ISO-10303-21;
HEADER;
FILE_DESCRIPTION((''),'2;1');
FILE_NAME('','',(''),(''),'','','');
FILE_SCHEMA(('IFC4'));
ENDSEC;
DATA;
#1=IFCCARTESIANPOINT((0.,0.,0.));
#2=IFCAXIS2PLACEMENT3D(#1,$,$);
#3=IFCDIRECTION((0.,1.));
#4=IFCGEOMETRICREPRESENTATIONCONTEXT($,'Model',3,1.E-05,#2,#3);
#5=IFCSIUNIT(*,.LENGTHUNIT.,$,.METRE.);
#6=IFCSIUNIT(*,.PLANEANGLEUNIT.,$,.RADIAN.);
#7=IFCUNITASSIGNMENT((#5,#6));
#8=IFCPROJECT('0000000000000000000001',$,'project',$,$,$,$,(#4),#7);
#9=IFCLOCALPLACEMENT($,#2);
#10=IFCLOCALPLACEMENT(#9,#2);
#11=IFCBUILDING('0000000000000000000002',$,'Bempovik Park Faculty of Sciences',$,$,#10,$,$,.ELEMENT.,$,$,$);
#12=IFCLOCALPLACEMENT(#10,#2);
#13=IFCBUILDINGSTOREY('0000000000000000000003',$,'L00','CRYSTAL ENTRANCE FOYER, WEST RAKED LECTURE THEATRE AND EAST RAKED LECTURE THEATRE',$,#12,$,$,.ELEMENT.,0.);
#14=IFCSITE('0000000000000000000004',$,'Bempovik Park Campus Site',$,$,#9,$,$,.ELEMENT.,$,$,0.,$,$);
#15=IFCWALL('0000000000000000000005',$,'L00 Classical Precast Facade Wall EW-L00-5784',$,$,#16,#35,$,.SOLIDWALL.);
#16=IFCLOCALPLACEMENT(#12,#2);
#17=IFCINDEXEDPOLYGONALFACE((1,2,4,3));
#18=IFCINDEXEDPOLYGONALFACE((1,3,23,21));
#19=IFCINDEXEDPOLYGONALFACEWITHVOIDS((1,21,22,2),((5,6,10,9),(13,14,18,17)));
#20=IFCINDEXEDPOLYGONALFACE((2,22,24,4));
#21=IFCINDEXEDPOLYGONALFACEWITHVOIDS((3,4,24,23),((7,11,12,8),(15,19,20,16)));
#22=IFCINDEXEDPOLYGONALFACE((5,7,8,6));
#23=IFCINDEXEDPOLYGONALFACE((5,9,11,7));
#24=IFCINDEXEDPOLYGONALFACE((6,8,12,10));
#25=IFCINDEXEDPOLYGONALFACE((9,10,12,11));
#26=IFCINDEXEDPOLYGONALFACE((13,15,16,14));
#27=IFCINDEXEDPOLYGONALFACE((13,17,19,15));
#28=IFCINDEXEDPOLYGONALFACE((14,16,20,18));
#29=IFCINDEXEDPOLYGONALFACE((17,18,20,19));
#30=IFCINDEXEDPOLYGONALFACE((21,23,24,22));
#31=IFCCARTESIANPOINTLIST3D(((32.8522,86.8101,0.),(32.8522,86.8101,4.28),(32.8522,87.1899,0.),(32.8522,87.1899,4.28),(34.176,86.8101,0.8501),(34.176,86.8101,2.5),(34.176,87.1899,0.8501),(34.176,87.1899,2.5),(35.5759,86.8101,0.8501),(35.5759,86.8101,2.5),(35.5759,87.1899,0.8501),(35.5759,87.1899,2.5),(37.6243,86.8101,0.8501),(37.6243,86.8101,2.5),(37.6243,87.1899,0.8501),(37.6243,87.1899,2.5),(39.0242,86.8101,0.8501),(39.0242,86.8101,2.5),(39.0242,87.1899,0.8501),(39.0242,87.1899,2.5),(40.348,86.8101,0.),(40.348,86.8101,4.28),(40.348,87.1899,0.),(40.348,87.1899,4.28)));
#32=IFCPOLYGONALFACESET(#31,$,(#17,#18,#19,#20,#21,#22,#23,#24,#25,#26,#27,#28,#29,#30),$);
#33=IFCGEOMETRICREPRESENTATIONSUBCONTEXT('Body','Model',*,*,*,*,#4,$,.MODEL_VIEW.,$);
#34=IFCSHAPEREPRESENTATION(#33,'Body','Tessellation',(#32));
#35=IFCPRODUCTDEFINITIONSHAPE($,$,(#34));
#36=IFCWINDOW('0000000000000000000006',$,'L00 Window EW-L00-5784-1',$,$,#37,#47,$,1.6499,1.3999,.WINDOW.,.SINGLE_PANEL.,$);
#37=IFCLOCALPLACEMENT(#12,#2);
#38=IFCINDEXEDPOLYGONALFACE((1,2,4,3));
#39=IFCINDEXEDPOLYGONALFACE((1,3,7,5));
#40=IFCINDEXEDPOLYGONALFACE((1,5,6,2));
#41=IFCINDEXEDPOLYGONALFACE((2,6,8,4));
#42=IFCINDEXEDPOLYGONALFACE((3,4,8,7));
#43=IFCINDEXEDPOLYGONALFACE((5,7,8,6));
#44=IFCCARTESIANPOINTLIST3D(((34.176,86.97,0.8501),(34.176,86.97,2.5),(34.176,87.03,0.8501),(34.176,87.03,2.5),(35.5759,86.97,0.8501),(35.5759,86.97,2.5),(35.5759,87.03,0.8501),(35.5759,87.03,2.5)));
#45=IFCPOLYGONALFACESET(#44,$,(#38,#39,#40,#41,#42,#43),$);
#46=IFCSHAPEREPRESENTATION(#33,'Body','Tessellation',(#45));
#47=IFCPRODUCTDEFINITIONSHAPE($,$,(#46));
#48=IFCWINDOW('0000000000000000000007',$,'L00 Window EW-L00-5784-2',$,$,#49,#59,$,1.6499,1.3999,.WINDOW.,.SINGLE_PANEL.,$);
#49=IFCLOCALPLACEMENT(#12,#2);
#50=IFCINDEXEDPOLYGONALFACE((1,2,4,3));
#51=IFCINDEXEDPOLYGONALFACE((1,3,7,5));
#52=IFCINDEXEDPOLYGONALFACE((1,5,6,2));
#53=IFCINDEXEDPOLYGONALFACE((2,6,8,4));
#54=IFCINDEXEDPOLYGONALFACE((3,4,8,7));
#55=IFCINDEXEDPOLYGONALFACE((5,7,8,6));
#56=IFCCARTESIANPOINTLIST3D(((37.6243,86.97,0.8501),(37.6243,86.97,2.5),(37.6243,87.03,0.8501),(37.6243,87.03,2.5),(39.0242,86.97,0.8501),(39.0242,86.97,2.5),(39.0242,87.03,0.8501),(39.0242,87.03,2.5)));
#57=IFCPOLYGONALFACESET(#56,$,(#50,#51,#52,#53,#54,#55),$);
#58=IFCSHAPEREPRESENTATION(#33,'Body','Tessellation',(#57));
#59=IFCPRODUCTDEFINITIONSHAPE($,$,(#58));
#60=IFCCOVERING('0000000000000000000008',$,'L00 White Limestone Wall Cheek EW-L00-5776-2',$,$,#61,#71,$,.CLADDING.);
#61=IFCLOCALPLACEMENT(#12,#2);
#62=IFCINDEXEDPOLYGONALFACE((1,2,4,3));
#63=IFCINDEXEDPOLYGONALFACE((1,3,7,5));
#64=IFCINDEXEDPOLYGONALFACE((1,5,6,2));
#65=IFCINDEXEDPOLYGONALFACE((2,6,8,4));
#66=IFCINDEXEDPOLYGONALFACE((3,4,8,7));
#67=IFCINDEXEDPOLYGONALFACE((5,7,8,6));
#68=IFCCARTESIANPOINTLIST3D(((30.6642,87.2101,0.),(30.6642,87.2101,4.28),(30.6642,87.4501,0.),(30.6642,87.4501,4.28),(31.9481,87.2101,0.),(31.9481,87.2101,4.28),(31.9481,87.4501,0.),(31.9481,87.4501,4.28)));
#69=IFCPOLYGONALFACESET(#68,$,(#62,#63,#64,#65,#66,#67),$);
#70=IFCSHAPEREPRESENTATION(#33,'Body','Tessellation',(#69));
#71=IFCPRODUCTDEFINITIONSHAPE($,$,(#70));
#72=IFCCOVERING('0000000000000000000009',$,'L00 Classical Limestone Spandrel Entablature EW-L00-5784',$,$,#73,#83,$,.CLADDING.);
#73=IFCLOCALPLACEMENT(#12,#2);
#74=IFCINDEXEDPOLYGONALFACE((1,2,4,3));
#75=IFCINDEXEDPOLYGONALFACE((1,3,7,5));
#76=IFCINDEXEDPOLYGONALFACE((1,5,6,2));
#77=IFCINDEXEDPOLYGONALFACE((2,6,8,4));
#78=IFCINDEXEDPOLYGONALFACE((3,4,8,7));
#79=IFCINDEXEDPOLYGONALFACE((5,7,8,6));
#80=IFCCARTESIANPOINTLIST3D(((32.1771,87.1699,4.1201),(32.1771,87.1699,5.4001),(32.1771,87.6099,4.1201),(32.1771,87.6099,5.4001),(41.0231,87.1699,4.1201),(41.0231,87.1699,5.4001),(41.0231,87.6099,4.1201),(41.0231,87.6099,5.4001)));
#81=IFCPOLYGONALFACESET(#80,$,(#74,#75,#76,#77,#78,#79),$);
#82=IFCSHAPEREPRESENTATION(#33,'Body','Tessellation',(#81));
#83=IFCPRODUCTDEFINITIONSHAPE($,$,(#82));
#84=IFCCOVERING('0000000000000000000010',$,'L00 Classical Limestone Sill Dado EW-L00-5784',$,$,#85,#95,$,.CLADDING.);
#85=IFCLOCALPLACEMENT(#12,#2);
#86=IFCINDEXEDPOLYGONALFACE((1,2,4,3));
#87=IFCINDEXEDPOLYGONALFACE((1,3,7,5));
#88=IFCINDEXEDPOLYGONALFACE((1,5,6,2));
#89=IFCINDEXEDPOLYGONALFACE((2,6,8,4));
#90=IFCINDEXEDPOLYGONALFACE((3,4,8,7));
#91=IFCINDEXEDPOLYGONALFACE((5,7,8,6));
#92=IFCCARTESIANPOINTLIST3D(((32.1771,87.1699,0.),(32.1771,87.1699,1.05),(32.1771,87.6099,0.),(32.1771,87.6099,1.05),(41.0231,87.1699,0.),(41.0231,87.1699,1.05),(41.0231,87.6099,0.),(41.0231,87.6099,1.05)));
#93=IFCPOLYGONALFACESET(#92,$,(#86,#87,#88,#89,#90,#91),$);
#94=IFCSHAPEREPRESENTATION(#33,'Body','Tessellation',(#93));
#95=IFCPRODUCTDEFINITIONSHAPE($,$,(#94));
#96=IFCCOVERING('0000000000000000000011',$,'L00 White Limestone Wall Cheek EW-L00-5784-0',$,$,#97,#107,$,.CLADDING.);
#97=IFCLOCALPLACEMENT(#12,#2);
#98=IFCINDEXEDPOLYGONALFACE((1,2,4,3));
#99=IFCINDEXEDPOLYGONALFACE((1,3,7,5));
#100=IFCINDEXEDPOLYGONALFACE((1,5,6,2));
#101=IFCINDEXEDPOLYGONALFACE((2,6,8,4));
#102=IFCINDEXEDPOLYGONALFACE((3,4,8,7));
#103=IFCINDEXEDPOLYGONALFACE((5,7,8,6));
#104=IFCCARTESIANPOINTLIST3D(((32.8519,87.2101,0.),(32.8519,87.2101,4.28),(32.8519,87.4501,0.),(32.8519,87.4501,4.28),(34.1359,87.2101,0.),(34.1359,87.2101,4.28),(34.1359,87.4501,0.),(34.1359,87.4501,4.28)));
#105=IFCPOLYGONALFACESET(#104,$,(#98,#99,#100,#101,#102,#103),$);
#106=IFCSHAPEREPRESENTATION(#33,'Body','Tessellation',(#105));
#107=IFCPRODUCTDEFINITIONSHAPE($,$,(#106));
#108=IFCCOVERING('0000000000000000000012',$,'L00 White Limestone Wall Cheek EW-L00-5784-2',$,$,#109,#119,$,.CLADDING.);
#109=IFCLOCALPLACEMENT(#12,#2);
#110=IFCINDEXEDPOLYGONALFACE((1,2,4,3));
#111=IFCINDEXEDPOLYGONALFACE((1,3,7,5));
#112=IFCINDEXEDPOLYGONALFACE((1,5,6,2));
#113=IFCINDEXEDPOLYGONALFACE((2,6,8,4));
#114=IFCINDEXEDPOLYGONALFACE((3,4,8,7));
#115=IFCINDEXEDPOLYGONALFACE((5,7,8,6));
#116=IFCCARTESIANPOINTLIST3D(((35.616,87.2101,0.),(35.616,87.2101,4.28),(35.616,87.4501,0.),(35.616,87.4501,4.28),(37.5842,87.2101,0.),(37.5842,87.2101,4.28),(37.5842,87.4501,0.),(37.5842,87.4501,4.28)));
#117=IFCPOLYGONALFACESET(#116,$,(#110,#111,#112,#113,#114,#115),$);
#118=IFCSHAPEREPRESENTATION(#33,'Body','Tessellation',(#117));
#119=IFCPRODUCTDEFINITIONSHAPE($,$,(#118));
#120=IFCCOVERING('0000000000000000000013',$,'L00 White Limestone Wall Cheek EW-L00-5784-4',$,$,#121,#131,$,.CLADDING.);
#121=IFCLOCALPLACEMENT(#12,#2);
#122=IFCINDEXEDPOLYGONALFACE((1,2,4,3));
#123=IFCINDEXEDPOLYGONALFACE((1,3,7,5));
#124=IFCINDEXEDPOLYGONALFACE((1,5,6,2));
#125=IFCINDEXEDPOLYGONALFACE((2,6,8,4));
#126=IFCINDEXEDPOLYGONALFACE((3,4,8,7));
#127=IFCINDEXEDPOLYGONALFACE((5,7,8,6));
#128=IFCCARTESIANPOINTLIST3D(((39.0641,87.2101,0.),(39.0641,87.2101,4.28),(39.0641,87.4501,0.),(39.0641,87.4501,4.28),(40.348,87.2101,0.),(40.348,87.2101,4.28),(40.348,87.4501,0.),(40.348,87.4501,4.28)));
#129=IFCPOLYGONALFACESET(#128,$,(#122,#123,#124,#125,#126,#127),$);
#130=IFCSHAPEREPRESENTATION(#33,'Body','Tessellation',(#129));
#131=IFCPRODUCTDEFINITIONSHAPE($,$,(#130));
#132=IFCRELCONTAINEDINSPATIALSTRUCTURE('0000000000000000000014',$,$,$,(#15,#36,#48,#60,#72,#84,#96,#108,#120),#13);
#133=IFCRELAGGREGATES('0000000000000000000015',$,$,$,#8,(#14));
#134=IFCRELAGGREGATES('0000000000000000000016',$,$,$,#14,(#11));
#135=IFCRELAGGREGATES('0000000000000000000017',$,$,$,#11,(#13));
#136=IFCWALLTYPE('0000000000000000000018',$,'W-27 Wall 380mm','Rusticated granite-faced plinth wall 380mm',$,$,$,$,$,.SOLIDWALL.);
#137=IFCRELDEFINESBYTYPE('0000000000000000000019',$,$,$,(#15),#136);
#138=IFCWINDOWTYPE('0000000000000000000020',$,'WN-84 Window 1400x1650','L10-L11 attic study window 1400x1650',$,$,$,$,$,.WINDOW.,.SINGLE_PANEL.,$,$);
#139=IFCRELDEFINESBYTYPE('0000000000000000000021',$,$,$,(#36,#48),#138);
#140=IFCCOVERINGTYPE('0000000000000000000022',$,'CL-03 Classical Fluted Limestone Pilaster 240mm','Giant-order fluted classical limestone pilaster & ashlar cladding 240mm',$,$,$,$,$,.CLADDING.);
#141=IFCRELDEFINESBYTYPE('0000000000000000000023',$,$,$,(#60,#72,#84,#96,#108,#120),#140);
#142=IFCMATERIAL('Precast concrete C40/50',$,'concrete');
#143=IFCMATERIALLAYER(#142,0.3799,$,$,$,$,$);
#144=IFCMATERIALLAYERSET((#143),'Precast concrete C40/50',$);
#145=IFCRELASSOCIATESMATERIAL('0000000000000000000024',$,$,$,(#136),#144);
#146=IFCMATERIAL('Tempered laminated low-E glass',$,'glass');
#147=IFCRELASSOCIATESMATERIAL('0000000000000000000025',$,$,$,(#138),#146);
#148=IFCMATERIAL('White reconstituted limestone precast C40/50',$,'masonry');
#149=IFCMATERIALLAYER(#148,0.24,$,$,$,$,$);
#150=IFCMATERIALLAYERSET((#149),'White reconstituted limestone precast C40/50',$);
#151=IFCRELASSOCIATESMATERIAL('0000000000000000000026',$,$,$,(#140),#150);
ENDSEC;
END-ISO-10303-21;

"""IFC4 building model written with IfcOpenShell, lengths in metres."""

from ifc_helpers import new_model, si_unit, direction, frame, frame_2d, origin, origin_2d, place, context, subcontext, project, spatial, rectangle, extrude, material, layer, layer_set, type_object, element, fill, save


model = new_model("IFC4")

# Units and contexts
model_context = context("Model", 3, precision=1e-05, world=origin(), true_north=direction((0.0, 1.0)))
body_context = subcontext(model_context, "Body", "Model", "MODEL_VIEW")
ifc_project = project(units=[si_unit("LENGTHUNIT", "METRE"), si_unit("PLANEANGLEUNIT", "RADIAN")], contexts=[model_context])

# Site, building, storey
site_placement = place(None, origin())
site = spatial("IfcSite", under=ifc_project, at=site_placement, Name="Bempovik Park Campus Site", CompositionType="ELEMENT", RefElevation=0.0)
building_placement = place(site_placement, origin())
building = spatial("IfcBuilding", under=site, at=building_placement, Name="Bempovik Park Faculty of Sciences", CompositionType="ELEMENT")
storey_placement = place(building_placement, origin())
storey = spatial("IfcBuildingStorey", under=building, at=storey_placement, Name="L00", Description="CRYSTAL ENTRANCE FOYER, WEST RAKED LECTURE THEATRE AND EAST RAKED LECTURE THEATRE", CompositionType="ELEMENT", Elevation=0.0)

# Wall, openings, windows
ifc_material_1 = material(Name="Precast concrete C40/50", Category="concrete")
ifc_layer_1 = layer(ifc_material_1, 0.3799)
ifc_layer_set_1 = layer_set([ifc_layer_1], Name="Precast concrete C40/50")
wall_type = type_object("IfcWallType", Name="W-27 Wall 380mm", Description="Rusticated granite-faced plinth wall 380mm", PredefinedType="SOLIDWALL", material=ifc_layer_set_1)
wall_placement = place(storey_placement, frame((32.8521, 87.0, 0.0), z_axis=(0.0, 0.0, 1.0), x_axis=(1.0, 0.0, 0.0)))
wall = element("IfcWall", 1, at=wall_placement, inside=storey, type_object=wall_type, Name="L00 Classical Precast Facade Wall EW-L00-5784", PredefinedType="SOLIDWALL", context=body_context, shape_type="SweptSolid", body=[
    extrude(rectangle(XDim=7.4958, YDim=0.3799, at=frame_2d((3.748, 0.0))), origin(), (0.0, 0.0, 1.0), 4.28),
])
opening_1_placement = place(wall_placement, frame((1.324, 0.0, 0.8501)))
opening_1 = element("IfcOpeningElement", 2, at=opening_1_placement, cuts=wall, PredefinedType="OPENING", context=body_context, shape_type="SweptSolid", body=[
    extrude(rectangle(XDim=1.3999, YDim=1.6499, at=frame_2d((0.7, 0.825))), frame((0.0, 0.2, 0.0), z_axis=(0.0, -1.0, 0.0), x_axis=(1.0, 0.0, 0.0)), (0.0, 0.0, 1.0), 0.3999),
])
opening_2_placement = place(wall_placement, frame((4.7722, 0.0, 0.8501)))
opening_2 = element("IfcOpeningElement", 3, at=opening_2_placement, cuts=wall, PredefinedType="OPENING", context=body_context, shape_type="SweptSolid", body=[
    extrude(rectangle(XDim=1.3999, YDim=1.6499, at=frame_2d((0.7, 0.825))), frame((0.0, 0.2, 0.0), z_axis=(0.0, -1.0, 0.0), x_axis=(1.0, 0.0, 0.0)), (0.0, 0.0, 1.0), 0.3999),
])
ifc_material_2 = material(Name="Tempered laminated low-E glass", Category="glass")
window_type = type_object("IfcWindowType", Name="WN-84 Window 1400x1650", Description="L10-L11 attic study window 1400x1650", PartitioningType="SINGLE_PANEL", PredefinedType="WINDOW", material=ifc_material_2)
window_1_placement = place(opening_1_placement, origin())
window_1 = element("IfcWindow", 4, at=window_1_placement, inside=storey, type_object=window_type, Name="L00 Window EW-L00-5784-1", OverallHeight=1.6499, OverallWidth=1.3999, PartitioningType="SINGLE_PANEL", PredefinedType="WINDOW", context=body_context, shape_type="SweptSolid", body=[
    extrude(rectangle(XDim=1.3999, YDim=1.6499, at=frame_2d((0.7, 0.825))), frame((0.0, 0.03, 0.0), z_axis=(0.0, -1.0, 0.0), x_axis=(1.0, 0.0, 0.0)), (0.0, 0.0, 1.0), 0.0601),
])
fill(opening_1, window_1)
window_2_placement = place(opening_2_placement, origin())
window_2 = element("IfcWindow", 5, at=window_2_placement, inside=storey, type_object=window_type, Name="L00 Window EW-L00-5784-2", OverallHeight=1.6499, OverallWidth=1.3999, PartitioningType="SINGLE_PANEL", PredefinedType="WINDOW", context=body_context, shape_type="SweptSolid", body=[
    extrude(rectangle(XDim=1.3999, YDim=1.6499, at=frame_2d((0.7, 0.825))), frame((0.0, 0.03, 0.0), z_axis=(0.0, -1.0, 0.0), x_axis=(1.0, 0.0, 0.0)), (0.0, 0.0, 1.0), 0.0601),
])
fill(opening_2, window_2)

# Coverings
ifc_material_3 = material(Name="White reconstituted limestone precast C40/50", Category="masonry")
ifc_layer_2 = layer(ifc_material_3, 0.24)
ifc_layer_set_2 = layer_set([ifc_layer_2], Name="White reconstituted limestone precast C40/50")
covering_type = type_object("IfcCoveringType", Name="CL-03 Classical Fluted Limestone Pilaster 240mm", Description="Giant-order fluted classical limestone pilaster & ashlar cladding 240mm", PredefinedType="CLADDING", material=ifc_layer_set_2)
covering_1_placement = place(storey_placement, frame((31.3062, 87.3301, 0.0), z_axis=(0.0, 0.0, 1.0), x_axis=(1.0, 0.0, 0.0)))
element("IfcCovering", 6, at=covering_1_placement, inside=storey, type_object=covering_type, Name="L00 White Limestone Wall Cheek EW-L00-5776-2", PredefinedType="CLADDING", context=body_context, shape_type="SweptSolid", body=[
    extrude(rectangle(XDim=1.2839, YDim=0.24, at=origin_2d()), origin(), (0.0, 0.0, 1.0), 4.28),
])
covering_2_placement = place(storey_placement, frame((36.6001, 87.3899, 4.1201), z_axis=(0.0, 0.0, 1.0), x_axis=(1.0, 0.0, 0.0)))
element("IfcCovering", 7, at=covering_2_placement, inside=storey, type_object=covering_type, Name="L00 Classical Limestone Spandrel Entablature EW-L00-5784", PredefinedType="CLADDING", context=body_context, shape_type="SweptSolid", body=[
    extrude(rectangle(XDim=8.8459, YDim=0.4399, at=origin_2d()), origin(), (0.0, 0.0, 1.0), 1.28),
])
covering_3_placement = place(storey_placement, frame((36.6001, 87.3899, 0.0), z_axis=(0.0, 0.0, 1.0), x_axis=(1.0, 0.0, 0.0)))
element("IfcCovering", 8, at=covering_3_placement, inside=storey, type_object=covering_type, Name="L00 Classical Limestone Sill Dado EW-L00-5784", PredefinedType="CLADDING", context=body_context, shape_type="SweptSolid", body=[
    extrude(rectangle(XDim=8.8459, YDim=0.4399, at=origin_2d()), origin(), (0.0, 0.0, 1.0), 1.05),
])
covering_4_placement = place(storey_placement, frame((33.4939, 87.3301, 0.0), z_axis=(0.0, 0.0, 1.0), x_axis=(1.0, 0.0, 0.0)))
element("IfcCovering", 9, at=covering_4_placement, inside=storey, type_object=covering_type, Name="L00 White Limestone Wall Cheek EW-L00-5784-0", PredefinedType="CLADDING", context=body_context, shape_type="SweptSolid", body=[
    extrude(rectangle(XDim=1.2839, YDim=0.24, at=origin_2d()), origin(), (0.0, 0.0, 1.0), 4.28),
])
covering_5_placement = place(storey_placement, frame((36.6001, 87.3301, 0.0), z_axis=(0.0, 0.0, 1.0), x_axis=(1.0, 0.0, 0.0)))
element("IfcCovering", 10, at=covering_5_placement, inside=storey, type_object=covering_type, Name="L00 White Limestone Wall Cheek EW-L00-5784-2", PredefinedType="CLADDING", context=body_context, shape_type="SweptSolid", body=[
    extrude(rectangle(XDim=1.9683, YDim=0.24, at=origin_2d()), origin(), (0.0, 0.0, 1.0), 4.28),
])
covering_6_placement = place(storey_placement, frame((39.7061, 87.3301, 0.0), z_axis=(0.0, 0.0, 1.0), x_axis=(1.0, 0.0, 0.0)))
element("IfcCovering", 11, at=covering_6_placement, inside=storey, type_object=covering_type, Name="L00 White Limestone Wall Cheek EW-L00-5784-4", PredefinedType="CLADDING", context=body_context, shape_type="SweptSolid", body=[
    extrude(rectangle(XDim=1.2839, YDim=0.24, at=origin_2d()), origin(), (0.0, 0.0, 1.0), 4.28),
])

save(model, "model.ifc")
